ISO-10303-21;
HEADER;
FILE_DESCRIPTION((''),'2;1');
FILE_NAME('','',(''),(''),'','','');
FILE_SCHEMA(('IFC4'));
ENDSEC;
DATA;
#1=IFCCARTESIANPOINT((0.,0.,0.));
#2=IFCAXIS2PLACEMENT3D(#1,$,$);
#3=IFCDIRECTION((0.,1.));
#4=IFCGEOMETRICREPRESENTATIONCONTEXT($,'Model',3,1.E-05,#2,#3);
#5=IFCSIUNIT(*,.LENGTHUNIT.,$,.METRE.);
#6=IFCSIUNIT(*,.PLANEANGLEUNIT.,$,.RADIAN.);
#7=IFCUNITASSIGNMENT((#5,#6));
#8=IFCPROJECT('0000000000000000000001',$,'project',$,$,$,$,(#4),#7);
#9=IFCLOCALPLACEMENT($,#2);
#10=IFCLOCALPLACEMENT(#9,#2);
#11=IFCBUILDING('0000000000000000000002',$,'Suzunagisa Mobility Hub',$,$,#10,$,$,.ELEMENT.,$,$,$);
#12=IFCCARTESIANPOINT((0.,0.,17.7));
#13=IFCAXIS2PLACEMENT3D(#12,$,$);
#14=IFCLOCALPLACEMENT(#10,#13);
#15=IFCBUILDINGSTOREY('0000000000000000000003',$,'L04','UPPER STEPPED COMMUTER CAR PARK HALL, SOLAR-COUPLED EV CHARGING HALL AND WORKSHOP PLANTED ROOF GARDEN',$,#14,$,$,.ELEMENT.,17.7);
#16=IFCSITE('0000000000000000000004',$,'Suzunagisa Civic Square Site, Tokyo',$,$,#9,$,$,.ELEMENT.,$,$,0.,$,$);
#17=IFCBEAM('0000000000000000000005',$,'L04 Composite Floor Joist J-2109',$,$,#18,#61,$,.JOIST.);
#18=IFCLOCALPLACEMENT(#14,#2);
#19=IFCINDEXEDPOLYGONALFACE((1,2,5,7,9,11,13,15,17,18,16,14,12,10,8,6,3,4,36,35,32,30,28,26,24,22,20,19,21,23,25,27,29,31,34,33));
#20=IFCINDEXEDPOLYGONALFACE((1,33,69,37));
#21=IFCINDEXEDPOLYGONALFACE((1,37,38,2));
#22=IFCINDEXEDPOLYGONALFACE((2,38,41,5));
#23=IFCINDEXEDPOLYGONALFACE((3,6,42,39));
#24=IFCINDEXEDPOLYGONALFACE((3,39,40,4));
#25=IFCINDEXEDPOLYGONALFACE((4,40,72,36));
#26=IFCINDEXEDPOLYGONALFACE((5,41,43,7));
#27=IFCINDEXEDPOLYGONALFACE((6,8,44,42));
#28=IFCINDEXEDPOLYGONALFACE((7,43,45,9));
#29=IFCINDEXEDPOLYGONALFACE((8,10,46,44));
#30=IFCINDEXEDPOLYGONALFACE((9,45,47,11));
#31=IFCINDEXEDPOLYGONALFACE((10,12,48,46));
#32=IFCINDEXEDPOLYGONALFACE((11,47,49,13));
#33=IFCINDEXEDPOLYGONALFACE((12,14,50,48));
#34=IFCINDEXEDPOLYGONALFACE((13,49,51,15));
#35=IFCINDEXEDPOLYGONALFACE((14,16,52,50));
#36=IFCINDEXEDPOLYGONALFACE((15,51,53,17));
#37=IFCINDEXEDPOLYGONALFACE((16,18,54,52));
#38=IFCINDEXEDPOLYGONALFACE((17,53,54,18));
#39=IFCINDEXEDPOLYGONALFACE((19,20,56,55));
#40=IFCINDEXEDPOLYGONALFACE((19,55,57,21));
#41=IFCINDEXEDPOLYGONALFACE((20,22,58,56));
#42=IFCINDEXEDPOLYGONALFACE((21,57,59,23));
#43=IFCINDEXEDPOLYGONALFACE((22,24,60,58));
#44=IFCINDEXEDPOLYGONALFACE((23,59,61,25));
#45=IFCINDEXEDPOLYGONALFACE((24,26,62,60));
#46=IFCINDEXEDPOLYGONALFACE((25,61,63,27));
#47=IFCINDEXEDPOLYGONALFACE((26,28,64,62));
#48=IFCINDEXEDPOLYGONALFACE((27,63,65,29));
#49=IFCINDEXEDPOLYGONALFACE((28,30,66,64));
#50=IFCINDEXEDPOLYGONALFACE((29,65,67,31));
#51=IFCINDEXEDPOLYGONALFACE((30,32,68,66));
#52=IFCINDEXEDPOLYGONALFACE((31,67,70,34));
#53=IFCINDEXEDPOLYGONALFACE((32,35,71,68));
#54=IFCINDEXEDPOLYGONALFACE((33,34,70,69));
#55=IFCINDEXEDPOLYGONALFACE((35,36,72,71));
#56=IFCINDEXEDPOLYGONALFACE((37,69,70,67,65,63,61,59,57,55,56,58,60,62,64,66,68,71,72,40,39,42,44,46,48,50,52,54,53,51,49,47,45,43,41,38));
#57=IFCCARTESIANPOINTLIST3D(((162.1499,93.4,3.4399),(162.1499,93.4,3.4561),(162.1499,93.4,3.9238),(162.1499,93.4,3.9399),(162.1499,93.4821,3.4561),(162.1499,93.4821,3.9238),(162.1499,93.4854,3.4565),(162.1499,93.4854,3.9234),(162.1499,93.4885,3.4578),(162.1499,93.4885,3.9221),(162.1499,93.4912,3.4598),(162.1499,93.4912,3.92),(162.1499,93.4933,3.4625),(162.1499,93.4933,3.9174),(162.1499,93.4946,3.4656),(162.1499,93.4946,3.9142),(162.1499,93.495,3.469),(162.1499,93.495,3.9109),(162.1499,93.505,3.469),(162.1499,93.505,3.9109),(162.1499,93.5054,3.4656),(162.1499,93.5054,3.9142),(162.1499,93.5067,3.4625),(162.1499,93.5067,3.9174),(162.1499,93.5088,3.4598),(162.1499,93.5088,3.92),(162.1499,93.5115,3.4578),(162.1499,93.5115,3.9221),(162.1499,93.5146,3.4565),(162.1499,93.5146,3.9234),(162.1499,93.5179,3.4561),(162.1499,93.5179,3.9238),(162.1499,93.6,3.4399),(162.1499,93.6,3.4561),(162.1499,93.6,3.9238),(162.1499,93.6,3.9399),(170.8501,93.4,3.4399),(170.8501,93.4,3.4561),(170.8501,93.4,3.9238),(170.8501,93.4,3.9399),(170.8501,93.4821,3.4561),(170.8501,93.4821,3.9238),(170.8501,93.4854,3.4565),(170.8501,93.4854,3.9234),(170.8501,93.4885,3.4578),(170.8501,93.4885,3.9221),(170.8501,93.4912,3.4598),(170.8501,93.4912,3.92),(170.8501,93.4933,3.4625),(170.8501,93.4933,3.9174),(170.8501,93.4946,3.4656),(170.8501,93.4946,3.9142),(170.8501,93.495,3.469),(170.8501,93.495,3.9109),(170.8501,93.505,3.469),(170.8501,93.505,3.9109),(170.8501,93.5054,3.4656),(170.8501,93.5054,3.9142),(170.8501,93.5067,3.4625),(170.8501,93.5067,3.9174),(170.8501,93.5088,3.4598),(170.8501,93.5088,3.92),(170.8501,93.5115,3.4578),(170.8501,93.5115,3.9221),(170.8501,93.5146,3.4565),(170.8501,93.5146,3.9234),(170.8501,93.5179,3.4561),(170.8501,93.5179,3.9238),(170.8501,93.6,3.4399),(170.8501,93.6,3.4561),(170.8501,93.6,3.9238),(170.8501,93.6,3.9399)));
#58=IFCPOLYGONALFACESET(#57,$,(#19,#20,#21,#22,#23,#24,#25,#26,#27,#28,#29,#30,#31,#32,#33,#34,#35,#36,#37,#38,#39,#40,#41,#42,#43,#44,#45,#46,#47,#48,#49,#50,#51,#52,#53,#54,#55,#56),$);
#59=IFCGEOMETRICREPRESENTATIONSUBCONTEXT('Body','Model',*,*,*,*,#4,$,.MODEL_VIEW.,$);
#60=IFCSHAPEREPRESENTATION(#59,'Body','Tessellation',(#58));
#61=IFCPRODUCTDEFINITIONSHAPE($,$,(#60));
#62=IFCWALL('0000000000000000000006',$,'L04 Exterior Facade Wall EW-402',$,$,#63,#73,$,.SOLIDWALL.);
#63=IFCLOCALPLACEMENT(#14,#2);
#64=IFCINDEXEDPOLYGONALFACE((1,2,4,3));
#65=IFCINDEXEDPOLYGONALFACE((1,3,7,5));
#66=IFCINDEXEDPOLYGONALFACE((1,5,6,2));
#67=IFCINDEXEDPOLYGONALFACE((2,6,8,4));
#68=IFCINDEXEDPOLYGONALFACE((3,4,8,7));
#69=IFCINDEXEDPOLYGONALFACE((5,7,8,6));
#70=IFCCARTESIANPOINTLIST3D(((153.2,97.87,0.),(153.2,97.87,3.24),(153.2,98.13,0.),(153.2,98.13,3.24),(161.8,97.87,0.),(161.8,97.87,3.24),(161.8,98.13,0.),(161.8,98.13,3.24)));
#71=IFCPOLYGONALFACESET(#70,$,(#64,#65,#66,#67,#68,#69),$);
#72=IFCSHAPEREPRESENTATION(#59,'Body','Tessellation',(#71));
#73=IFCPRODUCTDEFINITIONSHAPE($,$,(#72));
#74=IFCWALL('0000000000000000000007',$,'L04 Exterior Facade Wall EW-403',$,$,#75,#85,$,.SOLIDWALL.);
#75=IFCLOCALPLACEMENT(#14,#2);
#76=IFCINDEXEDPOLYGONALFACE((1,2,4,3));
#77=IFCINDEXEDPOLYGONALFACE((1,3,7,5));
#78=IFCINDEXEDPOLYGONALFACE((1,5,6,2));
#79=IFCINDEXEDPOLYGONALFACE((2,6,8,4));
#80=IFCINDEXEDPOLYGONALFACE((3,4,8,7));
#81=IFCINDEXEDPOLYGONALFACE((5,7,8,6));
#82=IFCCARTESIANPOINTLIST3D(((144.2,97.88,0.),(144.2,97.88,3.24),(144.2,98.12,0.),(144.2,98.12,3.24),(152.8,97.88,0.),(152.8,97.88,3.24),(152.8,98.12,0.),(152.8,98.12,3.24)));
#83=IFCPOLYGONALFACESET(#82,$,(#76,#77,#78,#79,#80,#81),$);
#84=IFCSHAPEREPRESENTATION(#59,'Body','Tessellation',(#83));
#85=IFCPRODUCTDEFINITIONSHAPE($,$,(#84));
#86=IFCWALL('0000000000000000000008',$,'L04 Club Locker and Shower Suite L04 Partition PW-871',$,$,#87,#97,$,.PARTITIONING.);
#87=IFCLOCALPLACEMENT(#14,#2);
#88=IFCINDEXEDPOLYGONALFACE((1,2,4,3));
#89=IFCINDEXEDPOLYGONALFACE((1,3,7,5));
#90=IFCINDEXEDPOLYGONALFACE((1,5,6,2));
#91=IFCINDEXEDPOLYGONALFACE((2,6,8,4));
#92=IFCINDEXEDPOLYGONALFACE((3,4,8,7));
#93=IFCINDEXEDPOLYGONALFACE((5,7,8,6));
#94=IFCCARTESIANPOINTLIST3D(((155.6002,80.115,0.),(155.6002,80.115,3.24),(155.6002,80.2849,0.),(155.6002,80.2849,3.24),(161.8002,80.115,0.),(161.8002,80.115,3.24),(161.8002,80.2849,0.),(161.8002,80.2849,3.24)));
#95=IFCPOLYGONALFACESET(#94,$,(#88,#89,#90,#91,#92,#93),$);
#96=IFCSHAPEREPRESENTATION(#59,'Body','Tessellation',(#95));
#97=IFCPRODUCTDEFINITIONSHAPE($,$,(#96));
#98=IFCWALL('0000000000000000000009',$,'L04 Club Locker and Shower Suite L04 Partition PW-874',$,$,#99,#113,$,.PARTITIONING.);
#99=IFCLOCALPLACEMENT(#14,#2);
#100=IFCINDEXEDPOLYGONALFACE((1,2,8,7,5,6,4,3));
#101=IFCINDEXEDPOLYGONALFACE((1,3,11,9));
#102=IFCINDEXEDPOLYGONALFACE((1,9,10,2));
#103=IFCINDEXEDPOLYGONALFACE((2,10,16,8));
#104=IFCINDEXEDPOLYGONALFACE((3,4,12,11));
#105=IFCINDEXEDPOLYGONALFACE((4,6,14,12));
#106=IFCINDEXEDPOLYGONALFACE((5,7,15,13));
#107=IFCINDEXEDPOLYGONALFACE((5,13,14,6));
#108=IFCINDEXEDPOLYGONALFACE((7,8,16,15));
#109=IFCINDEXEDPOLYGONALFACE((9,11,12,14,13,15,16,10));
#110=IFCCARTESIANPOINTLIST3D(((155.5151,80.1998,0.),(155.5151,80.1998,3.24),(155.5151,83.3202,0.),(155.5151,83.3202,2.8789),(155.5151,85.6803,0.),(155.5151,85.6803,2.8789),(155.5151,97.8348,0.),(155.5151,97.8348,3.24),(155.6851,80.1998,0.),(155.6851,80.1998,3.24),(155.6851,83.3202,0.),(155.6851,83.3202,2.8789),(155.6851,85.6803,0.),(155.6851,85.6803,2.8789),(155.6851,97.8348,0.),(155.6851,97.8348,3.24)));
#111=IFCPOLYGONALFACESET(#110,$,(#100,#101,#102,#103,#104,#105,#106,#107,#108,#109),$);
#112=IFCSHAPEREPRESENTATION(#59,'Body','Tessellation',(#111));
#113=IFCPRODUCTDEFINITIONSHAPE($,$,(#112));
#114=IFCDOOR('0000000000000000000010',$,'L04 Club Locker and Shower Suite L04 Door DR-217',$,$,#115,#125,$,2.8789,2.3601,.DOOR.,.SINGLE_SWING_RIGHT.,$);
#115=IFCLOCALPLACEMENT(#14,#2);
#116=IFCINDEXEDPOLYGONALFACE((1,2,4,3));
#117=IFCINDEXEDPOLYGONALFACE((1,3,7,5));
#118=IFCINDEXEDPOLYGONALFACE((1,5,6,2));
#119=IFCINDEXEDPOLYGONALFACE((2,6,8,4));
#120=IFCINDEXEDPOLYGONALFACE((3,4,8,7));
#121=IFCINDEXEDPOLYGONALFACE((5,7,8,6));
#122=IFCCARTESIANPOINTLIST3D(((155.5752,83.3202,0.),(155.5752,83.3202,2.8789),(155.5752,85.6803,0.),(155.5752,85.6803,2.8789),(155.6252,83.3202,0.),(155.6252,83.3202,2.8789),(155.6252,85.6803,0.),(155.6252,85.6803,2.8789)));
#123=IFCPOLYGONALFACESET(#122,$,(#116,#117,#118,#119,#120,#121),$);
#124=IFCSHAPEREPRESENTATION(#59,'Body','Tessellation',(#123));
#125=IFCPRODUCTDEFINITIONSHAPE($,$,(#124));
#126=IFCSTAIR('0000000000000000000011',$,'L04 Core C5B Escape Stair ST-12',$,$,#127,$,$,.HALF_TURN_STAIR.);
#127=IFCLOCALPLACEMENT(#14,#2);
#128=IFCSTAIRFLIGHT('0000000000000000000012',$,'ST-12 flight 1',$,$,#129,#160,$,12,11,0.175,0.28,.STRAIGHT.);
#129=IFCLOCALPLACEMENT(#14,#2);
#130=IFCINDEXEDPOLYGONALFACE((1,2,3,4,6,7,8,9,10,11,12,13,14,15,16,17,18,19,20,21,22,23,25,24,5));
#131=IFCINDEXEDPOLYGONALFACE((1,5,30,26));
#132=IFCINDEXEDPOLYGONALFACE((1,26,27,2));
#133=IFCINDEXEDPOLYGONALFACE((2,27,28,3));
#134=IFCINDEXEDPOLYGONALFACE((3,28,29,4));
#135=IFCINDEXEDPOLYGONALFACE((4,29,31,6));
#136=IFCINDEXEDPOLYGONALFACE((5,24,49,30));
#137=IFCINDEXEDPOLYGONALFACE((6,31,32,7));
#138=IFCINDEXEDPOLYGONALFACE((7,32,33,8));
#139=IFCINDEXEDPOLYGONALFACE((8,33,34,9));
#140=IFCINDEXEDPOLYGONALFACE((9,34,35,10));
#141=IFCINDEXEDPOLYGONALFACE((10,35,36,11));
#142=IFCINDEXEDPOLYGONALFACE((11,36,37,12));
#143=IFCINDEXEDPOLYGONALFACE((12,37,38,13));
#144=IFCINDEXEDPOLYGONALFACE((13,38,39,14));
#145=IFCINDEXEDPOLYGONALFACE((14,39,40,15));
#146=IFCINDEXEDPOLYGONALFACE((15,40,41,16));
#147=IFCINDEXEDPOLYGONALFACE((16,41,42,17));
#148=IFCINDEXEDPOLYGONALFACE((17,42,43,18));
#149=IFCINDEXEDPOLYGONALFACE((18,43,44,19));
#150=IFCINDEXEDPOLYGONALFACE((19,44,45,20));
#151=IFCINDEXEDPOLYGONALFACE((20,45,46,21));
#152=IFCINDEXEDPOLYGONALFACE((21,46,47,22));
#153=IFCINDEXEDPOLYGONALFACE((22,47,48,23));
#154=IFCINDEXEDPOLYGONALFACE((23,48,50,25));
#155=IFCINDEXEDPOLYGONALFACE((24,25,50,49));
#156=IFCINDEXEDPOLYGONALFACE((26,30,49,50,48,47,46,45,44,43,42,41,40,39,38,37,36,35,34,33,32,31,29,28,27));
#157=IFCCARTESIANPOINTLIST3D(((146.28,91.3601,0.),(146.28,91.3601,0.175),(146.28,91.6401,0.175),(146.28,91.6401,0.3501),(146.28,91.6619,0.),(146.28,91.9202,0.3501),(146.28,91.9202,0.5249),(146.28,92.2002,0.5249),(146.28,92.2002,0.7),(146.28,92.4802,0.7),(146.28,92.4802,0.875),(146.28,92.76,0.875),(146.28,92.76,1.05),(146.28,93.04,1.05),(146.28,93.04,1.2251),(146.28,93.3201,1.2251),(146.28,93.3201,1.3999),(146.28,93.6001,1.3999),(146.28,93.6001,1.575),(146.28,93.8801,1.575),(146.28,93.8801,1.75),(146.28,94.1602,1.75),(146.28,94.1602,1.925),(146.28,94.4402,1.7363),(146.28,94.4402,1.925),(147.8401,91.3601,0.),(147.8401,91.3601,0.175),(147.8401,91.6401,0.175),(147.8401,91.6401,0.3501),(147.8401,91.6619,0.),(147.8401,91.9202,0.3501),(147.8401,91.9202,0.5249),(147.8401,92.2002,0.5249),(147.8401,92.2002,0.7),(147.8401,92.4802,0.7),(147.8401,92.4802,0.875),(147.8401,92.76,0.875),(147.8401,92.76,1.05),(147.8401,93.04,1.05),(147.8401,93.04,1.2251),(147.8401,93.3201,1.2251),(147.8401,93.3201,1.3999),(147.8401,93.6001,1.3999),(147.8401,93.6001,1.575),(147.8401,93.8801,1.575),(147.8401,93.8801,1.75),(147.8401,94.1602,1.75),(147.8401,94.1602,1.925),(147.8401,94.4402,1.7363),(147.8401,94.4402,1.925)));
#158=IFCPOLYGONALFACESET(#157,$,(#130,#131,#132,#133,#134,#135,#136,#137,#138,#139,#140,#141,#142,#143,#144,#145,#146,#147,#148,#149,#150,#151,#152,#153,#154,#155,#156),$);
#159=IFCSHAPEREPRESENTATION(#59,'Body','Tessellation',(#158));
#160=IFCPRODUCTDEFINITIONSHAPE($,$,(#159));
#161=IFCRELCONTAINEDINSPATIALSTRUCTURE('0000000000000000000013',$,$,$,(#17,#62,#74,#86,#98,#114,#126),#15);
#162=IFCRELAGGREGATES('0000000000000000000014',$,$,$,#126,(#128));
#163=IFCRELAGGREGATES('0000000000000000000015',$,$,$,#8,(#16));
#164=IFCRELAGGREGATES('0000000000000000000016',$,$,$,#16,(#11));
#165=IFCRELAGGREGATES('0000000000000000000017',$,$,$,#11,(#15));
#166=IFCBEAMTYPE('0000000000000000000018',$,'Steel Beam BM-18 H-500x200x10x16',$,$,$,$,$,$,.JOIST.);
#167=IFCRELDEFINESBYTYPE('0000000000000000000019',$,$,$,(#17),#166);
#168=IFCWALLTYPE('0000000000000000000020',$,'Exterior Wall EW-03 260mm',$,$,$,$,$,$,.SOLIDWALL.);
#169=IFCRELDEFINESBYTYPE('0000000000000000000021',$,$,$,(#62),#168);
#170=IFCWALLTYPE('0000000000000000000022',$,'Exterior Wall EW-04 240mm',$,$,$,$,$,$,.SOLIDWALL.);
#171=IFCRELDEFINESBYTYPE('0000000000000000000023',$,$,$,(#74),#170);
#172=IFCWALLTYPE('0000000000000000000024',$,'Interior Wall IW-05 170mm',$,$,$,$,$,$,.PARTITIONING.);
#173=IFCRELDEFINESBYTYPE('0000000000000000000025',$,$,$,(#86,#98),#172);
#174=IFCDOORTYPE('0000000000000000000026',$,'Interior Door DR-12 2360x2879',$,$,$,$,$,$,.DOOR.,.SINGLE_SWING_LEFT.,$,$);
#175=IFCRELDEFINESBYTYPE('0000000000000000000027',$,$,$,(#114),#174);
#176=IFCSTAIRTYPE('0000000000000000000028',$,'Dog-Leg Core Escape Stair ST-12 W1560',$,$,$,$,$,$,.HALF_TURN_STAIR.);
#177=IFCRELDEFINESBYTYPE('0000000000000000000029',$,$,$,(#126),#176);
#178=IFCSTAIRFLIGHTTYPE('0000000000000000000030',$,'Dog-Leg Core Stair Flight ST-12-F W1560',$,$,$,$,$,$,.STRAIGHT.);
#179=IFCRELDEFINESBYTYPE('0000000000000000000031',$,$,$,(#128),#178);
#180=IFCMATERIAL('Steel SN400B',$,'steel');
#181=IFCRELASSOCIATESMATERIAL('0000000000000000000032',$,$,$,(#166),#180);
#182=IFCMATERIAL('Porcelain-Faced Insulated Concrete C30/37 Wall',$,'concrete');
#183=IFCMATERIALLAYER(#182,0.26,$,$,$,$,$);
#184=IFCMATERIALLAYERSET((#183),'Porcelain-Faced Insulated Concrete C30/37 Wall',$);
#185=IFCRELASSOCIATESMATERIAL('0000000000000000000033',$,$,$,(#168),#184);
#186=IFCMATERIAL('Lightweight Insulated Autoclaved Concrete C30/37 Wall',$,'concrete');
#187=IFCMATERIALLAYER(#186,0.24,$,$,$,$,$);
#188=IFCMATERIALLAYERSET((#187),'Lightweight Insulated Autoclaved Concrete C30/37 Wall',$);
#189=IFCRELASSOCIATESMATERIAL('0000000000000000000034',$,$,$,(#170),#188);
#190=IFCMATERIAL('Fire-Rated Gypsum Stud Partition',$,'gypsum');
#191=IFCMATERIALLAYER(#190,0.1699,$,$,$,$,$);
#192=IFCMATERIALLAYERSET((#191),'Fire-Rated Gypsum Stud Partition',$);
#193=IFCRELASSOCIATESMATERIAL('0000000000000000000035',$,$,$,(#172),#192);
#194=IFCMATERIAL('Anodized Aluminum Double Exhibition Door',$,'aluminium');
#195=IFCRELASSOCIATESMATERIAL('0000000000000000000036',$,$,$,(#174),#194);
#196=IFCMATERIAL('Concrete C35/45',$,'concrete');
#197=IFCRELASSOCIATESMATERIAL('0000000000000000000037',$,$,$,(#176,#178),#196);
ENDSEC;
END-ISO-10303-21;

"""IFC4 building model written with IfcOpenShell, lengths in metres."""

from ifc_helpers import new_model, si_unit, direction, frame, frame_2d, origin, origin_2d, place, context, subcontext, project, spatial, polyline, rectangle, i_section, outline, extrude, material, layer, layer_set, material_profile, profile_set, type_object, element, fill, aggregate, save


model = new_model("IFC4")

# Units and contexts
model_context = context("Model", 3, precision=1e-05, world=origin(), true_north=direction((0.0, 1.0)))
body_context = subcontext(model_context, "Body", "Model", "MODEL_VIEW")
ifc_project = project(units=[si_unit("LENGTHUNIT", "METRE"), si_unit("PLANEANGLEUNIT", "RADIAN")], contexts=[model_context])

# Site, building, storey
site_placement = place(None, origin())
site = spatial("IfcSite", under=ifc_project, at=site_placement, Name="Suzunagisa Civic Square Site, Tokyo", CompositionType="ELEMENT", RefElevation=0.0)
building_placement = place(site_placement, origin())
building = spatial("IfcBuilding", under=site, at=building_placement, Name="Suzunagisa Mobility Hub", CompositionType="ELEMENT")
storey_placement = place(building_placement, frame((0.0, 0.0, 17.7)))
storey = spatial("IfcBuildingStorey", under=building, at=storey_placement, Name="L04", Description="UPPER STEPPED COMMUTER CAR PARK HALL, SOLAR-COUPLED EV CHARGING HALL AND WORKSHOP PLANTED ROOF GARDEN", CompositionType="ELEMENT", Elevation=17.7)

# Beam
ifc_material_1 = material(Name="Steel SN400B", Category="steel")
ifc_material_profile_1 = material_profile(ifc_material_1, i_section(OverallWidth=0.2, OverallDepth=0.5, WebThickness=0.01, FlangeThickness=0.0161, FilletRadius=0.0129, at=origin_2d()), Name="H-500x200x10x16")
ifc_profile_set_1 = profile_set([ifc_material_profile_1], Name="Steel SN400B")
beam_type_1 = type_object("IfcBeamType", Name="Steel Beam BM-18 H-500x200x10x16", PredefinedType="JOIST", material=ifc_profile_set_1)
for number, where, z_axis, x_axis, name in (
    (1, (162.1499, 93.5, 3.6899), (1.0, 0.0, 0.0), (0.0, 1.0, 0.0), "L04 Composite Floor Joist J-2109"),
):
    element("IfcBeam", number, at=place(storey_placement, frame(where, z_axis=z_axis, x_axis=x_axis)), inside=storey, type_object=beam_type_1, Name=name, PredefinedType="JOIST", context=body_context, shape_type="SweptSolid", body=[
        extrude(i_section(OverallWidth=0.2, OverallDepth=0.5, WebThickness=0.01, FlangeThickness=0.0161, FilletRadius=0.0129, at=origin_2d()), origin(), (0.0, 0.0, 1.0), 8.7002),
    ])

# Walls
ifc_material_2 = material(Name="Porcelain-Faced Insulated Concrete C30/37 Wall", Category="concrete")
ifc_layer_1 = layer(ifc_material_2, 0.26)
ifc_layer_set_1 = layer_set([ifc_layer_1], Name="Porcelain-Faced Insulated Concrete C30/37 Wall")
wall_type_1 = type_object("IfcWallType", Name="Exterior Wall EW-03 260mm", PredefinedType="SOLIDWALL", material=ifc_layer_set_1)
wall_1_placement = place(storey_placement, frame((161.8, 98.0, 0.0), z_axis=(0.0, 0.0, 1.0), x_axis=(-1.0, 0.0, 0.0)))
element("IfcWall", 2, at=wall_1_placement, inside=storey, type_object=wall_type_1, Name="L04 Exterior Facade Wall EW-402", PredefinedType="SOLIDWALL", context=body_context, shape_type="SweptSolid", body=[
    extrude(rectangle(XDim=8.6001, YDim=0.26, at=frame_2d((4.3, 0.0))), origin(), (0.0, 0.0, 1.0), 3.24),
])
ifc_material_3 = material(Name="Lightweight Insulated Autoclaved Concrete C30/37 Wall", Category="concrete")
ifc_layer_2 = layer(ifc_material_3, 0.24)
ifc_layer_set_2 = layer_set([ifc_layer_2], Name="Lightweight Insulated Autoclaved Concrete C30/37 Wall")
wall_type_2 = type_object("IfcWallType", Name="Exterior Wall EW-04 240mm", PredefinedType="SOLIDWALL", material=ifc_layer_set_2)
wall_2_placement = place(storey_placement, frame((152.8, 98.0, 0.0), z_axis=(0.0, 0.0, 1.0), x_axis=(-1.0, 0.0, 0.0)))
element("IfcWall", 3, at=wall_2_placement, inside=storey, type_object=wall_type_2, Name="L04 Exterior Facade Wall EW-403", PredefinedType="SOLIDWALL", context=body_context, shape_type="SweptSolid", body=[
    extrude(rectangle(XDim=8.6001, YDim=0.24, at=frame_2d((4.3, 0.0))), origin(), (0.0, 0.0, 1.0), 3.24),
])

# Shared definitions
ifc_material_4 = material(Name="Concrete C35/45", Category="concrete")

# Wall
ifc_material_5 = material(Name="Fire-Rated Gypsum Stud Partition", Category="gypsum")
ifc_layer_3 = layer(ifc_material_5, 0.1699)
ifc_layer_set_3 = layer_set([ifc_layer_3], Name="Fire-Rated Gypsum Stud Partition")
wall_type_3 = type_object("IfcWallType", Name="Interior Wall IW-05 170mm", PredefinedType="PARTITIONING", material=ifc_layer_set_3)
wall_3_placement = place(storey_placement, frame((155.6001, 80.2, 0.0), z_axis=(0.0, 0.0, 1.0), x_axis=(1.0, 0.0, 0.0)))
element("IfcWall", 4, at=wall_3_placement, inside=storey, type_object=wall_type_3, Name="L04 Club Locker and Shower Suite L04 Partition PW-871", PredefinedType="PARTITIONING", context=body_context, shape_type="SweptSolid", body=[
    extrude(rectangle(XDim=6.2, YDim=0.1699, at=frame_2d((3.1001, 0.0))), origin(), (0.0, 0.0, 1.0), 3.24),
])

# Wall, opening, door
wall_4_placement = place(storey_placement, frame((155.6001, 80.2, 0.0), z_axis=(0.0, 0.0, 1.0), x_axis=(0.0, 1.0, 0.0)))
wall_4 = element("IfcWall", 5, at=wall_4_placement, inside=storey, type_object=wall_type_3, Name="L04 Club Locker and Shower Suite L04 Partition PW-874", PredefinedType="PARTITIONING", context=body_context, shape_type="SweptSolid", body=[
    extrude(rectangle(XDim=17.635, YDim=0.1699, at=frame_2d((8.8174, 0.0))), origin(), (0.0, 0.0, 1.0), 3.24),
])
opening_1_placement = place(wall_4_placement, frame((3.1201, 0.0, 0.0)))
opening_1 = element("IfcOpeningElement", 6, at=opening_1_placement, cuts=wall_4, PredefinedType="OPENING", context=body_context, shape_type="SweptSolid", body=[
    extrude(rectangle(XDim=2.3601, YDim=2.8789, at=frame_2d((1.1802, 1.4395))), frame((0.0, 0.0959, 0.0), z_axis=(0.0, -1.0, 0.0), x_axis=(1.0, 0.0, 0.0)), (0.0, 0.0, 1.0), 0.1919),
])
ifc_material_6 = material(Name="Anodized Aluminum Double Exhibition Door", Category="aluminium")
door_type_1 = type_object("IfcDoorType", Name="Interior Door DR-12 2360x2879", OperationType="SINGLE_SWING_LEFT", PredefinedType="DOOR", material=ifc_material_6)
door_1_placement = place(opening_1_placement, origin())
door_1 = element("IfcDoor", 7, at=door_1_placement, inside=storey, type_object=door_type_1, Name="L04 Club Locker and Shower Suite L04 Door DR-217", OperationType="SINGLE_SWING_RIGHT", OverallHeight=2.8789, OverallWidth=2.3601, PredefinedType="DOOR", context=body_context, shape_type="SweptSolid", body=[
    extrude(rectangle(XDim=2.3601, YDim=2.8789, at=frame_2d((1.1802, 1.4395))), frame((0.0, 0.0249, 0.0), z_axis=(0.0, -1.0, 0.0), x_axis=(1.0, 0.0, 0.0)), (0.0, 0.0, 1.0), 0.05),
])
fill(opening_1, door_1)

# Stair, stair flight
stair_type = type_object("IfcStairType", Name="Dog-Leg Core Escape Stair ST-12 W1560", PredefinedType="HALF_TURN_STAIR", material=ifc_material_4)
stair_placement = place(storey_placement, origin())
stair = element("IfcStair", 8, at=stair_placement, inside=storey, type_object=stair_type, Name="L04 Core C5B Escape Stair ST-12", PredefinedType="HALF_TURN_STAIR")
stair_flight_type = type_object("IfcStairFlightType", Name="Dog-Leg Core Stair Flight ST-12-F W1560", PredefinedType="STRAIGHT", material=ifc_material_4)
stair_flight_placement = place(storey_placement, frame((147.0601, 91.3601, 0.0), z_axis=(0.0, 0.0, 1.0), x_axis=(0.0, 1.0, 0.0)))
stair_flight = element("IfcStairFlight", 9, at=stair_flight_placement, type_object=stair_flight_type, Name="ST-12 flight 1", NumberOfRisers=12, NumberOfTreads=11, PredefinedType="STRAIGHT", RiserHeight=0.175, TreadLength=0.28, context=body_context, shape_type="SweptSolid", body=[
    extrude(outline(polyline([(0.0, 0.0), (0.0, 0.175), (0.28, 0.175), (0.28, 0.3501), (0.5601, 0.3501), (0.5601, 0.5249), (0.8401, 0.5249), (0.8401, 0.7), (1.1201, 0.7), (1.1201, 0.875), (1.3999, 0.875), (1.3999, 1.05), (1.6799, 1.05), (1.6799, 1.2251), (1.96, 1.2251), (1.96, 1.3999), (2.24, 1.3999), (2.24, 1.575), (2.52, 1.575), (2.52, 1.75), (2.8, 1.75), (2.8, 1.925), (3.0801, 1.925), (3.0801, 2.1001), (3.0801, 1.7363), (0.3018, 0.0), (0.0, 0.0)])), frame((0.0, 0.78, 0.0), z_axis=(0.0, -1.0, 0.0), x_axis=(1.0, 0.0, 0.0)), (0.0, 0.0, 1.0), 1.5601),
])
aggregate(stair, [stair_flight])

save(model, "model.ifc")
